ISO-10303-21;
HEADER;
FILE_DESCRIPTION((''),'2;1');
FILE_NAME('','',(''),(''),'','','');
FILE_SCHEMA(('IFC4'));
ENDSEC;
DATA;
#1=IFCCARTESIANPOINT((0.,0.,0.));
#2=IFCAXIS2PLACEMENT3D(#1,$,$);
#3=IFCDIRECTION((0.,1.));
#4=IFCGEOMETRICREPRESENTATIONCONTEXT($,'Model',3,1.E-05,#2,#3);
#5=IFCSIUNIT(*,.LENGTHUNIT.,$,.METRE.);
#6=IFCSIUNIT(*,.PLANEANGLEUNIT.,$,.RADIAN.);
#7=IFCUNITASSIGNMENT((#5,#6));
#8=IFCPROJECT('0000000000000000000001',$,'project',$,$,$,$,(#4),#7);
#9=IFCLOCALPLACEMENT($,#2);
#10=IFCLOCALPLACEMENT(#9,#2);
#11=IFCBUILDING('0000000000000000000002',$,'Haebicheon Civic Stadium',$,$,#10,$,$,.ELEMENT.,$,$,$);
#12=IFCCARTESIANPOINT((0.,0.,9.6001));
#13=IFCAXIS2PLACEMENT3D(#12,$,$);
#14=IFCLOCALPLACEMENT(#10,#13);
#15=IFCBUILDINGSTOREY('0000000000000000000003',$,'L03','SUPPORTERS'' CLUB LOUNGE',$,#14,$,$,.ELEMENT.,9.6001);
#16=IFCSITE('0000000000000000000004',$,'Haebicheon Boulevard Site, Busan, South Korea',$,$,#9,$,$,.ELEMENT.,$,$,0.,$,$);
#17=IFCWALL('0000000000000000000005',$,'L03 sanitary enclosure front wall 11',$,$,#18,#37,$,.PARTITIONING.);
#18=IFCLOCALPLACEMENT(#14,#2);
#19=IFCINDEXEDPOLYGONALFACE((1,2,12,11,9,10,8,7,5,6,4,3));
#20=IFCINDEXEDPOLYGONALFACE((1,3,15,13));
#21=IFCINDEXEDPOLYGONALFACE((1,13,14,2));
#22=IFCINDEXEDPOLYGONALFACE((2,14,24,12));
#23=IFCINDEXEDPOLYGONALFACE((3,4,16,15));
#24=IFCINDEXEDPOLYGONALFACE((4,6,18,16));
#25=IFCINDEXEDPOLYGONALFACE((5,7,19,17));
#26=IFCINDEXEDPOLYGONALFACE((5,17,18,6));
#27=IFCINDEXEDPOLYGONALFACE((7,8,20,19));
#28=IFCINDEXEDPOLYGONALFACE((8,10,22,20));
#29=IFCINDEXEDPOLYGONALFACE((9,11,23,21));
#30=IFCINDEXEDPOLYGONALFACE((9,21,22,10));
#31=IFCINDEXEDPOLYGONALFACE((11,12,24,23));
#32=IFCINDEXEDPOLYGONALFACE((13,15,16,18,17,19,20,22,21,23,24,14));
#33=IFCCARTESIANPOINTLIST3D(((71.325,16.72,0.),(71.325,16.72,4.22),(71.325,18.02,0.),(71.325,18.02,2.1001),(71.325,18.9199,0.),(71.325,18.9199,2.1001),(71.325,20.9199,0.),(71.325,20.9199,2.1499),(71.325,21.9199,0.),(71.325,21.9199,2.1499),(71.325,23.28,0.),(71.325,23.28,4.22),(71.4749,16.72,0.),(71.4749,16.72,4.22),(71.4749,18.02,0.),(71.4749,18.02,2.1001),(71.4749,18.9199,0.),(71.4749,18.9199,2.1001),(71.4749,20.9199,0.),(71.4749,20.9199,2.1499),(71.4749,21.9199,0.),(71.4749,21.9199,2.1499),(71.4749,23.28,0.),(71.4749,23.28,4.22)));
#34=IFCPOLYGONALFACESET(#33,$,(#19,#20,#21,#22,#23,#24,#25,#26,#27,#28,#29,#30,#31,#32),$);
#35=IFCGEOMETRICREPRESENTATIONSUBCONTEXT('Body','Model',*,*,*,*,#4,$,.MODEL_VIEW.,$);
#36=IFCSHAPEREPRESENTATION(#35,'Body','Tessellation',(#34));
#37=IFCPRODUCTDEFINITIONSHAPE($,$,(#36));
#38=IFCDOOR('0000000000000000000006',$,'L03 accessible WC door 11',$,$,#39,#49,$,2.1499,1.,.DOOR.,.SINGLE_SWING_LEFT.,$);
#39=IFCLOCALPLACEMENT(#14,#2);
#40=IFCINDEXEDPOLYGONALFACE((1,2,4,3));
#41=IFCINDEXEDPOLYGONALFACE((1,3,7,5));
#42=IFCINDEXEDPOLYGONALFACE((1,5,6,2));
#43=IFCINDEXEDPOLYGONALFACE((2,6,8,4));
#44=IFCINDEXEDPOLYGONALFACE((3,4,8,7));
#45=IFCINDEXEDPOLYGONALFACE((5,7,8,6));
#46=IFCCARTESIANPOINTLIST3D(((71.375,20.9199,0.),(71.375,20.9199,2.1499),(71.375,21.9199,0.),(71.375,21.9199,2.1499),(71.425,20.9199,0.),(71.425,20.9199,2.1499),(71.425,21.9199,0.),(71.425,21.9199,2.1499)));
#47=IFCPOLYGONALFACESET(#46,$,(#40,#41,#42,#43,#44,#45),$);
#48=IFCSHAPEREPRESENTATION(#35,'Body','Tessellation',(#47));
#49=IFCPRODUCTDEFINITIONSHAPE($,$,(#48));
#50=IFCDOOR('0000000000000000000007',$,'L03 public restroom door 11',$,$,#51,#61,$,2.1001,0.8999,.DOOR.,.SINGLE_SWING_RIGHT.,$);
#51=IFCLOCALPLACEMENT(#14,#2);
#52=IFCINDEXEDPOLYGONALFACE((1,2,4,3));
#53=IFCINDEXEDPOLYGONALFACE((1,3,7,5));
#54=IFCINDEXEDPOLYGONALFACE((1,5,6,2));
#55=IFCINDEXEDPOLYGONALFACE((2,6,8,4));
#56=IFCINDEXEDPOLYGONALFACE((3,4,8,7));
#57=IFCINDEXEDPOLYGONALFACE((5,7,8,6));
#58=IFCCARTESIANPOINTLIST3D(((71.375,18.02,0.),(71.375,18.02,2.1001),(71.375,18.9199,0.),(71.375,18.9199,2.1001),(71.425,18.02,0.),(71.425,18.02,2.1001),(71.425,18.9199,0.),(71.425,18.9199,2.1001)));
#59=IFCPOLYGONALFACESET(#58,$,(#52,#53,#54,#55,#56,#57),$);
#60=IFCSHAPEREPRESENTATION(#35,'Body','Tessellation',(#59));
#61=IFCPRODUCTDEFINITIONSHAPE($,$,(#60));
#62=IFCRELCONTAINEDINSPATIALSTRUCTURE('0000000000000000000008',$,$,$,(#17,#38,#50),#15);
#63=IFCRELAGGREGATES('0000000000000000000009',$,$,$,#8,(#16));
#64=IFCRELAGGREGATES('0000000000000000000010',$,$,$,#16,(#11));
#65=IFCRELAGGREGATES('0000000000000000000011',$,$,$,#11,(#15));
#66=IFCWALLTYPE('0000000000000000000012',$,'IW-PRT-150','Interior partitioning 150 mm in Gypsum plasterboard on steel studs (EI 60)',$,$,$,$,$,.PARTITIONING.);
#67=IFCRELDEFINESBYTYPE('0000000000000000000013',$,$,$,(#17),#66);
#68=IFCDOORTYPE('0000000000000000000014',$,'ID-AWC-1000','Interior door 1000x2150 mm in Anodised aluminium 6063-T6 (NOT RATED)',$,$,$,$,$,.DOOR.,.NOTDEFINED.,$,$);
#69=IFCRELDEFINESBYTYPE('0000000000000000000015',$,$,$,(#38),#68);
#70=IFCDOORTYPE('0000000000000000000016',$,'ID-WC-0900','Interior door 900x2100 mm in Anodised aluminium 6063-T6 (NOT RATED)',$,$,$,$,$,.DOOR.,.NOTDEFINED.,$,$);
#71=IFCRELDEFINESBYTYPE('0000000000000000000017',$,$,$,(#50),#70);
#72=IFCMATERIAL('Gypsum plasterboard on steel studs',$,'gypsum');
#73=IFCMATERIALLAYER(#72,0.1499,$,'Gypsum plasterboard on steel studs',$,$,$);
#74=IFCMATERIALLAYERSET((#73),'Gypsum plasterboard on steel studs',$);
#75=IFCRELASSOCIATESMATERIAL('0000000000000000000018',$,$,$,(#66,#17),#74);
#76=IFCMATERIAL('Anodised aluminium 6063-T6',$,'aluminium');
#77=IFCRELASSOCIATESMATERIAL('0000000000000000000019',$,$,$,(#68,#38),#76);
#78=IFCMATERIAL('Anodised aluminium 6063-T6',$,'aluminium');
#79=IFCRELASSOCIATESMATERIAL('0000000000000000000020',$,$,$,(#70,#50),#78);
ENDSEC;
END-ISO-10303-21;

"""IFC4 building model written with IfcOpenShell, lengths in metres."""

from ifc_helpers import new_model, si_unit, direction, frame, frame_2d, origin, place, context, subcontext, project, spatial, rectangle, extrude, material, layer, layer_set, type_object, element, fill, save


model = new_model("IFC4")

# Units and contexts
model_context = context("Model", 3, precision=1e-05, world=origin(), true_north=direction((0.0, 1.0)))
body_context = subcontext(model_context, "Body", "Model", "MODEL_VIEW")
ifc_project = project(units=[si_unit("LENGTHUNIT", "METRE"), si_unit("PLANEANGLEUNIT", "RADIAN")], contexts=[model_context])

# Site, building, storey
site_placement = place(None, origin())
site = spatial("IfcSite", under=ifc_project, at=site_placement, Name="Haebicheon Boulevard Site, Busan, South Korea", CompositionType="ELEMENT", RefElevation=0.0)
building_placement = place(site_placement, origin())
building = spatial("IfcBuilding", under=site, at=building_placement, Name="Haebicheon Civic Stadium", CompositionType="ELEMENT")
storey_placement = place(building_placement, frame((0.0, 0.0, 9.6001)))
storey = spatial("IfcBuildingStorey", under=building, at=storey_placement, Name="L03", Description="SUPPORTERS' CLUB LOUNGE", CompositionType="ELEMENT", Elevation=9.6001)

# Wall, openings, doors
ifc_material_1 = material(Name="Gypsum plasterboard on steel studs", Category="gypsum")
ifc_layer_1 = layer(ifc_material_1, 0.1499, Name="Gypsum plasterboard on steel studs")
ifc_layer_set_1 = layer_set([ifc_layer_1], Name="Gypsum plasterboard on steel studs")
wall_type_1 = type_object("IfcWallType", Name="IW-PRT-150", Description="Interior partitioning 150 mm in Gypsum plasterboard on steel studs (EI 60)", PredefinedType="PARTITIONING", material=ifc_layer_set_1)
wall_1_placement = place(storey_placement, frame((71.3999, 16.72, 0.0), z_axis=(0.0, 0.0, 1.0), x_axis=(0.0, 1.0, 0.0)))
wall_1 = element("IfcWall", 1, at=wall_1_placement, inside=storey, type_object=wall_type_1, material=ifc_layer_set_1, Name="L03 sanitary enclosure front wall 11", PredefinedType="PARTITIONING", context=body_context, shape_type="SweptSolid", body=[
    extrude(rectangle(XDim=6.5601, YDim=0.1499, at=frame_2d((3.28, 0.0))), origin(), (0.0, 0.0, 1.0), 4.22),
])
opening_1_placement = place(wall_1_placement, frame((1.3, 0.0, 0.0)))
opening_1 = element("IfcOpeningElement", 2, at=opening_1_placement, cuts=wall_1, PredefinedType="OPENING", context=body_context, shape_type="SweptSolid", body=[
    extrude(rectangle(XDim=0.8999, YDim=2.1001, at=frame_2d((0.45, 1.05))), frame((0.0, 0.085, 0.0), z_axis=(0.0, -1.0, 0.0), x_axis=(1.0, 0.0, 0.0)), (0.0, 0.0, 1.0), 0.1699),
])
opening_2_placement = place(wall_1_placement, frame((4.2, 0.0, 0.0)))
opening_2 = element("IfcOpeningElement", 3, at=opening_2_placement, cuts=wall_1, PredefinedType="OPENING", context=body_context, shape_type="SweptSolid", body=[
    extrude(rectangle(XDim=1.0, YDim=2.1499, at=frame_2d((0.5, 1.075))), frame((0.0, 0.085, 0.0), z_axis=(0.0, -1.0, 0.0), x_axis=(1.0, 0.0, 0.0)), (0.0, 0.0, 1.0), 0.1699),
])
ifc_material_2 = material(Name="Anodised aluminium 6063-T6", Category="aluminium")
door_type_1 = type_object("IfcDoorType", Name="ID-AWC-1000", Description="Interior door 1000x2150 mm in Anodised aluminium 6063-T6 (NOT RATED)", OperationType="NOTDEFINED", PredefinedType="DOOR", material=ifc_material_2)
door_1_placement = place(opening_2_placement, origin())
door_1 = element("IfcDoor", 4, at=door_1_placement, inside=storey, type_object=door_type_1, material=ifc_material_2, Name="L03 accessible WC door 11", OperationType="SINGLE_SWING_LEFT", OverallHeight=2.1499, OverallWidth=1.0, PredefinedType="DOOR", context=body_context, shape_type="SweptSolid", body=[
    extrude(rectangle(XDim=1.0, YDim=2.1499, at=frame_2d((0.5, 1.075))), frame((0.0, 0.0249, 0.0), z_axis=(0.0, -1.0, 0.0), x_axis=(1.0, 0.0, 0.0)), (0.0, 0.0, 1.0), 0.05),
])
fill(opening_2, door_1)
ifc_material_3 = material(Name="Anodised aluminium 6063-T6", Category="aluminium")
door_type_2 = type_object("IfcDoorType", Name="ID-WC-0900", Description="Interior door 900x2100 mm in Anodised aluminium 6063-T6 (NOT RATED)", OperationType="NOTDEFINED", PredefinedType="DOOR", material=ifc_material_3)
door_2_placement = place(opening_1_placement, origin())
door_2 = element("IfcDoor", 5, at=door_2_placement, inside=storey, type_object=door_type_2, material=ifc_material_3, Name="L03 public restroom door 11", OperationType="SINGLE_SWING_RIGHT", OverallHeight=2.1001, OverallWidth=0.8999, PredefinedType="DOOR", context=body_context, shape_type="SweptSolid", body=[
    extrude(rectangle(XDim=0.8999, YDim=2.1001, at=frame_2d((0.45, 1.05))), frame((0.0, 0.0249, 0.0), z_axis=(0.0, -1.0, 0.0), x_axis=(1.0, 0.0, 0.0)), (0.0, 0.0, 1.0), 0.05),
])
fill(opening_1, door_2)

save(model, "model.ifc")
